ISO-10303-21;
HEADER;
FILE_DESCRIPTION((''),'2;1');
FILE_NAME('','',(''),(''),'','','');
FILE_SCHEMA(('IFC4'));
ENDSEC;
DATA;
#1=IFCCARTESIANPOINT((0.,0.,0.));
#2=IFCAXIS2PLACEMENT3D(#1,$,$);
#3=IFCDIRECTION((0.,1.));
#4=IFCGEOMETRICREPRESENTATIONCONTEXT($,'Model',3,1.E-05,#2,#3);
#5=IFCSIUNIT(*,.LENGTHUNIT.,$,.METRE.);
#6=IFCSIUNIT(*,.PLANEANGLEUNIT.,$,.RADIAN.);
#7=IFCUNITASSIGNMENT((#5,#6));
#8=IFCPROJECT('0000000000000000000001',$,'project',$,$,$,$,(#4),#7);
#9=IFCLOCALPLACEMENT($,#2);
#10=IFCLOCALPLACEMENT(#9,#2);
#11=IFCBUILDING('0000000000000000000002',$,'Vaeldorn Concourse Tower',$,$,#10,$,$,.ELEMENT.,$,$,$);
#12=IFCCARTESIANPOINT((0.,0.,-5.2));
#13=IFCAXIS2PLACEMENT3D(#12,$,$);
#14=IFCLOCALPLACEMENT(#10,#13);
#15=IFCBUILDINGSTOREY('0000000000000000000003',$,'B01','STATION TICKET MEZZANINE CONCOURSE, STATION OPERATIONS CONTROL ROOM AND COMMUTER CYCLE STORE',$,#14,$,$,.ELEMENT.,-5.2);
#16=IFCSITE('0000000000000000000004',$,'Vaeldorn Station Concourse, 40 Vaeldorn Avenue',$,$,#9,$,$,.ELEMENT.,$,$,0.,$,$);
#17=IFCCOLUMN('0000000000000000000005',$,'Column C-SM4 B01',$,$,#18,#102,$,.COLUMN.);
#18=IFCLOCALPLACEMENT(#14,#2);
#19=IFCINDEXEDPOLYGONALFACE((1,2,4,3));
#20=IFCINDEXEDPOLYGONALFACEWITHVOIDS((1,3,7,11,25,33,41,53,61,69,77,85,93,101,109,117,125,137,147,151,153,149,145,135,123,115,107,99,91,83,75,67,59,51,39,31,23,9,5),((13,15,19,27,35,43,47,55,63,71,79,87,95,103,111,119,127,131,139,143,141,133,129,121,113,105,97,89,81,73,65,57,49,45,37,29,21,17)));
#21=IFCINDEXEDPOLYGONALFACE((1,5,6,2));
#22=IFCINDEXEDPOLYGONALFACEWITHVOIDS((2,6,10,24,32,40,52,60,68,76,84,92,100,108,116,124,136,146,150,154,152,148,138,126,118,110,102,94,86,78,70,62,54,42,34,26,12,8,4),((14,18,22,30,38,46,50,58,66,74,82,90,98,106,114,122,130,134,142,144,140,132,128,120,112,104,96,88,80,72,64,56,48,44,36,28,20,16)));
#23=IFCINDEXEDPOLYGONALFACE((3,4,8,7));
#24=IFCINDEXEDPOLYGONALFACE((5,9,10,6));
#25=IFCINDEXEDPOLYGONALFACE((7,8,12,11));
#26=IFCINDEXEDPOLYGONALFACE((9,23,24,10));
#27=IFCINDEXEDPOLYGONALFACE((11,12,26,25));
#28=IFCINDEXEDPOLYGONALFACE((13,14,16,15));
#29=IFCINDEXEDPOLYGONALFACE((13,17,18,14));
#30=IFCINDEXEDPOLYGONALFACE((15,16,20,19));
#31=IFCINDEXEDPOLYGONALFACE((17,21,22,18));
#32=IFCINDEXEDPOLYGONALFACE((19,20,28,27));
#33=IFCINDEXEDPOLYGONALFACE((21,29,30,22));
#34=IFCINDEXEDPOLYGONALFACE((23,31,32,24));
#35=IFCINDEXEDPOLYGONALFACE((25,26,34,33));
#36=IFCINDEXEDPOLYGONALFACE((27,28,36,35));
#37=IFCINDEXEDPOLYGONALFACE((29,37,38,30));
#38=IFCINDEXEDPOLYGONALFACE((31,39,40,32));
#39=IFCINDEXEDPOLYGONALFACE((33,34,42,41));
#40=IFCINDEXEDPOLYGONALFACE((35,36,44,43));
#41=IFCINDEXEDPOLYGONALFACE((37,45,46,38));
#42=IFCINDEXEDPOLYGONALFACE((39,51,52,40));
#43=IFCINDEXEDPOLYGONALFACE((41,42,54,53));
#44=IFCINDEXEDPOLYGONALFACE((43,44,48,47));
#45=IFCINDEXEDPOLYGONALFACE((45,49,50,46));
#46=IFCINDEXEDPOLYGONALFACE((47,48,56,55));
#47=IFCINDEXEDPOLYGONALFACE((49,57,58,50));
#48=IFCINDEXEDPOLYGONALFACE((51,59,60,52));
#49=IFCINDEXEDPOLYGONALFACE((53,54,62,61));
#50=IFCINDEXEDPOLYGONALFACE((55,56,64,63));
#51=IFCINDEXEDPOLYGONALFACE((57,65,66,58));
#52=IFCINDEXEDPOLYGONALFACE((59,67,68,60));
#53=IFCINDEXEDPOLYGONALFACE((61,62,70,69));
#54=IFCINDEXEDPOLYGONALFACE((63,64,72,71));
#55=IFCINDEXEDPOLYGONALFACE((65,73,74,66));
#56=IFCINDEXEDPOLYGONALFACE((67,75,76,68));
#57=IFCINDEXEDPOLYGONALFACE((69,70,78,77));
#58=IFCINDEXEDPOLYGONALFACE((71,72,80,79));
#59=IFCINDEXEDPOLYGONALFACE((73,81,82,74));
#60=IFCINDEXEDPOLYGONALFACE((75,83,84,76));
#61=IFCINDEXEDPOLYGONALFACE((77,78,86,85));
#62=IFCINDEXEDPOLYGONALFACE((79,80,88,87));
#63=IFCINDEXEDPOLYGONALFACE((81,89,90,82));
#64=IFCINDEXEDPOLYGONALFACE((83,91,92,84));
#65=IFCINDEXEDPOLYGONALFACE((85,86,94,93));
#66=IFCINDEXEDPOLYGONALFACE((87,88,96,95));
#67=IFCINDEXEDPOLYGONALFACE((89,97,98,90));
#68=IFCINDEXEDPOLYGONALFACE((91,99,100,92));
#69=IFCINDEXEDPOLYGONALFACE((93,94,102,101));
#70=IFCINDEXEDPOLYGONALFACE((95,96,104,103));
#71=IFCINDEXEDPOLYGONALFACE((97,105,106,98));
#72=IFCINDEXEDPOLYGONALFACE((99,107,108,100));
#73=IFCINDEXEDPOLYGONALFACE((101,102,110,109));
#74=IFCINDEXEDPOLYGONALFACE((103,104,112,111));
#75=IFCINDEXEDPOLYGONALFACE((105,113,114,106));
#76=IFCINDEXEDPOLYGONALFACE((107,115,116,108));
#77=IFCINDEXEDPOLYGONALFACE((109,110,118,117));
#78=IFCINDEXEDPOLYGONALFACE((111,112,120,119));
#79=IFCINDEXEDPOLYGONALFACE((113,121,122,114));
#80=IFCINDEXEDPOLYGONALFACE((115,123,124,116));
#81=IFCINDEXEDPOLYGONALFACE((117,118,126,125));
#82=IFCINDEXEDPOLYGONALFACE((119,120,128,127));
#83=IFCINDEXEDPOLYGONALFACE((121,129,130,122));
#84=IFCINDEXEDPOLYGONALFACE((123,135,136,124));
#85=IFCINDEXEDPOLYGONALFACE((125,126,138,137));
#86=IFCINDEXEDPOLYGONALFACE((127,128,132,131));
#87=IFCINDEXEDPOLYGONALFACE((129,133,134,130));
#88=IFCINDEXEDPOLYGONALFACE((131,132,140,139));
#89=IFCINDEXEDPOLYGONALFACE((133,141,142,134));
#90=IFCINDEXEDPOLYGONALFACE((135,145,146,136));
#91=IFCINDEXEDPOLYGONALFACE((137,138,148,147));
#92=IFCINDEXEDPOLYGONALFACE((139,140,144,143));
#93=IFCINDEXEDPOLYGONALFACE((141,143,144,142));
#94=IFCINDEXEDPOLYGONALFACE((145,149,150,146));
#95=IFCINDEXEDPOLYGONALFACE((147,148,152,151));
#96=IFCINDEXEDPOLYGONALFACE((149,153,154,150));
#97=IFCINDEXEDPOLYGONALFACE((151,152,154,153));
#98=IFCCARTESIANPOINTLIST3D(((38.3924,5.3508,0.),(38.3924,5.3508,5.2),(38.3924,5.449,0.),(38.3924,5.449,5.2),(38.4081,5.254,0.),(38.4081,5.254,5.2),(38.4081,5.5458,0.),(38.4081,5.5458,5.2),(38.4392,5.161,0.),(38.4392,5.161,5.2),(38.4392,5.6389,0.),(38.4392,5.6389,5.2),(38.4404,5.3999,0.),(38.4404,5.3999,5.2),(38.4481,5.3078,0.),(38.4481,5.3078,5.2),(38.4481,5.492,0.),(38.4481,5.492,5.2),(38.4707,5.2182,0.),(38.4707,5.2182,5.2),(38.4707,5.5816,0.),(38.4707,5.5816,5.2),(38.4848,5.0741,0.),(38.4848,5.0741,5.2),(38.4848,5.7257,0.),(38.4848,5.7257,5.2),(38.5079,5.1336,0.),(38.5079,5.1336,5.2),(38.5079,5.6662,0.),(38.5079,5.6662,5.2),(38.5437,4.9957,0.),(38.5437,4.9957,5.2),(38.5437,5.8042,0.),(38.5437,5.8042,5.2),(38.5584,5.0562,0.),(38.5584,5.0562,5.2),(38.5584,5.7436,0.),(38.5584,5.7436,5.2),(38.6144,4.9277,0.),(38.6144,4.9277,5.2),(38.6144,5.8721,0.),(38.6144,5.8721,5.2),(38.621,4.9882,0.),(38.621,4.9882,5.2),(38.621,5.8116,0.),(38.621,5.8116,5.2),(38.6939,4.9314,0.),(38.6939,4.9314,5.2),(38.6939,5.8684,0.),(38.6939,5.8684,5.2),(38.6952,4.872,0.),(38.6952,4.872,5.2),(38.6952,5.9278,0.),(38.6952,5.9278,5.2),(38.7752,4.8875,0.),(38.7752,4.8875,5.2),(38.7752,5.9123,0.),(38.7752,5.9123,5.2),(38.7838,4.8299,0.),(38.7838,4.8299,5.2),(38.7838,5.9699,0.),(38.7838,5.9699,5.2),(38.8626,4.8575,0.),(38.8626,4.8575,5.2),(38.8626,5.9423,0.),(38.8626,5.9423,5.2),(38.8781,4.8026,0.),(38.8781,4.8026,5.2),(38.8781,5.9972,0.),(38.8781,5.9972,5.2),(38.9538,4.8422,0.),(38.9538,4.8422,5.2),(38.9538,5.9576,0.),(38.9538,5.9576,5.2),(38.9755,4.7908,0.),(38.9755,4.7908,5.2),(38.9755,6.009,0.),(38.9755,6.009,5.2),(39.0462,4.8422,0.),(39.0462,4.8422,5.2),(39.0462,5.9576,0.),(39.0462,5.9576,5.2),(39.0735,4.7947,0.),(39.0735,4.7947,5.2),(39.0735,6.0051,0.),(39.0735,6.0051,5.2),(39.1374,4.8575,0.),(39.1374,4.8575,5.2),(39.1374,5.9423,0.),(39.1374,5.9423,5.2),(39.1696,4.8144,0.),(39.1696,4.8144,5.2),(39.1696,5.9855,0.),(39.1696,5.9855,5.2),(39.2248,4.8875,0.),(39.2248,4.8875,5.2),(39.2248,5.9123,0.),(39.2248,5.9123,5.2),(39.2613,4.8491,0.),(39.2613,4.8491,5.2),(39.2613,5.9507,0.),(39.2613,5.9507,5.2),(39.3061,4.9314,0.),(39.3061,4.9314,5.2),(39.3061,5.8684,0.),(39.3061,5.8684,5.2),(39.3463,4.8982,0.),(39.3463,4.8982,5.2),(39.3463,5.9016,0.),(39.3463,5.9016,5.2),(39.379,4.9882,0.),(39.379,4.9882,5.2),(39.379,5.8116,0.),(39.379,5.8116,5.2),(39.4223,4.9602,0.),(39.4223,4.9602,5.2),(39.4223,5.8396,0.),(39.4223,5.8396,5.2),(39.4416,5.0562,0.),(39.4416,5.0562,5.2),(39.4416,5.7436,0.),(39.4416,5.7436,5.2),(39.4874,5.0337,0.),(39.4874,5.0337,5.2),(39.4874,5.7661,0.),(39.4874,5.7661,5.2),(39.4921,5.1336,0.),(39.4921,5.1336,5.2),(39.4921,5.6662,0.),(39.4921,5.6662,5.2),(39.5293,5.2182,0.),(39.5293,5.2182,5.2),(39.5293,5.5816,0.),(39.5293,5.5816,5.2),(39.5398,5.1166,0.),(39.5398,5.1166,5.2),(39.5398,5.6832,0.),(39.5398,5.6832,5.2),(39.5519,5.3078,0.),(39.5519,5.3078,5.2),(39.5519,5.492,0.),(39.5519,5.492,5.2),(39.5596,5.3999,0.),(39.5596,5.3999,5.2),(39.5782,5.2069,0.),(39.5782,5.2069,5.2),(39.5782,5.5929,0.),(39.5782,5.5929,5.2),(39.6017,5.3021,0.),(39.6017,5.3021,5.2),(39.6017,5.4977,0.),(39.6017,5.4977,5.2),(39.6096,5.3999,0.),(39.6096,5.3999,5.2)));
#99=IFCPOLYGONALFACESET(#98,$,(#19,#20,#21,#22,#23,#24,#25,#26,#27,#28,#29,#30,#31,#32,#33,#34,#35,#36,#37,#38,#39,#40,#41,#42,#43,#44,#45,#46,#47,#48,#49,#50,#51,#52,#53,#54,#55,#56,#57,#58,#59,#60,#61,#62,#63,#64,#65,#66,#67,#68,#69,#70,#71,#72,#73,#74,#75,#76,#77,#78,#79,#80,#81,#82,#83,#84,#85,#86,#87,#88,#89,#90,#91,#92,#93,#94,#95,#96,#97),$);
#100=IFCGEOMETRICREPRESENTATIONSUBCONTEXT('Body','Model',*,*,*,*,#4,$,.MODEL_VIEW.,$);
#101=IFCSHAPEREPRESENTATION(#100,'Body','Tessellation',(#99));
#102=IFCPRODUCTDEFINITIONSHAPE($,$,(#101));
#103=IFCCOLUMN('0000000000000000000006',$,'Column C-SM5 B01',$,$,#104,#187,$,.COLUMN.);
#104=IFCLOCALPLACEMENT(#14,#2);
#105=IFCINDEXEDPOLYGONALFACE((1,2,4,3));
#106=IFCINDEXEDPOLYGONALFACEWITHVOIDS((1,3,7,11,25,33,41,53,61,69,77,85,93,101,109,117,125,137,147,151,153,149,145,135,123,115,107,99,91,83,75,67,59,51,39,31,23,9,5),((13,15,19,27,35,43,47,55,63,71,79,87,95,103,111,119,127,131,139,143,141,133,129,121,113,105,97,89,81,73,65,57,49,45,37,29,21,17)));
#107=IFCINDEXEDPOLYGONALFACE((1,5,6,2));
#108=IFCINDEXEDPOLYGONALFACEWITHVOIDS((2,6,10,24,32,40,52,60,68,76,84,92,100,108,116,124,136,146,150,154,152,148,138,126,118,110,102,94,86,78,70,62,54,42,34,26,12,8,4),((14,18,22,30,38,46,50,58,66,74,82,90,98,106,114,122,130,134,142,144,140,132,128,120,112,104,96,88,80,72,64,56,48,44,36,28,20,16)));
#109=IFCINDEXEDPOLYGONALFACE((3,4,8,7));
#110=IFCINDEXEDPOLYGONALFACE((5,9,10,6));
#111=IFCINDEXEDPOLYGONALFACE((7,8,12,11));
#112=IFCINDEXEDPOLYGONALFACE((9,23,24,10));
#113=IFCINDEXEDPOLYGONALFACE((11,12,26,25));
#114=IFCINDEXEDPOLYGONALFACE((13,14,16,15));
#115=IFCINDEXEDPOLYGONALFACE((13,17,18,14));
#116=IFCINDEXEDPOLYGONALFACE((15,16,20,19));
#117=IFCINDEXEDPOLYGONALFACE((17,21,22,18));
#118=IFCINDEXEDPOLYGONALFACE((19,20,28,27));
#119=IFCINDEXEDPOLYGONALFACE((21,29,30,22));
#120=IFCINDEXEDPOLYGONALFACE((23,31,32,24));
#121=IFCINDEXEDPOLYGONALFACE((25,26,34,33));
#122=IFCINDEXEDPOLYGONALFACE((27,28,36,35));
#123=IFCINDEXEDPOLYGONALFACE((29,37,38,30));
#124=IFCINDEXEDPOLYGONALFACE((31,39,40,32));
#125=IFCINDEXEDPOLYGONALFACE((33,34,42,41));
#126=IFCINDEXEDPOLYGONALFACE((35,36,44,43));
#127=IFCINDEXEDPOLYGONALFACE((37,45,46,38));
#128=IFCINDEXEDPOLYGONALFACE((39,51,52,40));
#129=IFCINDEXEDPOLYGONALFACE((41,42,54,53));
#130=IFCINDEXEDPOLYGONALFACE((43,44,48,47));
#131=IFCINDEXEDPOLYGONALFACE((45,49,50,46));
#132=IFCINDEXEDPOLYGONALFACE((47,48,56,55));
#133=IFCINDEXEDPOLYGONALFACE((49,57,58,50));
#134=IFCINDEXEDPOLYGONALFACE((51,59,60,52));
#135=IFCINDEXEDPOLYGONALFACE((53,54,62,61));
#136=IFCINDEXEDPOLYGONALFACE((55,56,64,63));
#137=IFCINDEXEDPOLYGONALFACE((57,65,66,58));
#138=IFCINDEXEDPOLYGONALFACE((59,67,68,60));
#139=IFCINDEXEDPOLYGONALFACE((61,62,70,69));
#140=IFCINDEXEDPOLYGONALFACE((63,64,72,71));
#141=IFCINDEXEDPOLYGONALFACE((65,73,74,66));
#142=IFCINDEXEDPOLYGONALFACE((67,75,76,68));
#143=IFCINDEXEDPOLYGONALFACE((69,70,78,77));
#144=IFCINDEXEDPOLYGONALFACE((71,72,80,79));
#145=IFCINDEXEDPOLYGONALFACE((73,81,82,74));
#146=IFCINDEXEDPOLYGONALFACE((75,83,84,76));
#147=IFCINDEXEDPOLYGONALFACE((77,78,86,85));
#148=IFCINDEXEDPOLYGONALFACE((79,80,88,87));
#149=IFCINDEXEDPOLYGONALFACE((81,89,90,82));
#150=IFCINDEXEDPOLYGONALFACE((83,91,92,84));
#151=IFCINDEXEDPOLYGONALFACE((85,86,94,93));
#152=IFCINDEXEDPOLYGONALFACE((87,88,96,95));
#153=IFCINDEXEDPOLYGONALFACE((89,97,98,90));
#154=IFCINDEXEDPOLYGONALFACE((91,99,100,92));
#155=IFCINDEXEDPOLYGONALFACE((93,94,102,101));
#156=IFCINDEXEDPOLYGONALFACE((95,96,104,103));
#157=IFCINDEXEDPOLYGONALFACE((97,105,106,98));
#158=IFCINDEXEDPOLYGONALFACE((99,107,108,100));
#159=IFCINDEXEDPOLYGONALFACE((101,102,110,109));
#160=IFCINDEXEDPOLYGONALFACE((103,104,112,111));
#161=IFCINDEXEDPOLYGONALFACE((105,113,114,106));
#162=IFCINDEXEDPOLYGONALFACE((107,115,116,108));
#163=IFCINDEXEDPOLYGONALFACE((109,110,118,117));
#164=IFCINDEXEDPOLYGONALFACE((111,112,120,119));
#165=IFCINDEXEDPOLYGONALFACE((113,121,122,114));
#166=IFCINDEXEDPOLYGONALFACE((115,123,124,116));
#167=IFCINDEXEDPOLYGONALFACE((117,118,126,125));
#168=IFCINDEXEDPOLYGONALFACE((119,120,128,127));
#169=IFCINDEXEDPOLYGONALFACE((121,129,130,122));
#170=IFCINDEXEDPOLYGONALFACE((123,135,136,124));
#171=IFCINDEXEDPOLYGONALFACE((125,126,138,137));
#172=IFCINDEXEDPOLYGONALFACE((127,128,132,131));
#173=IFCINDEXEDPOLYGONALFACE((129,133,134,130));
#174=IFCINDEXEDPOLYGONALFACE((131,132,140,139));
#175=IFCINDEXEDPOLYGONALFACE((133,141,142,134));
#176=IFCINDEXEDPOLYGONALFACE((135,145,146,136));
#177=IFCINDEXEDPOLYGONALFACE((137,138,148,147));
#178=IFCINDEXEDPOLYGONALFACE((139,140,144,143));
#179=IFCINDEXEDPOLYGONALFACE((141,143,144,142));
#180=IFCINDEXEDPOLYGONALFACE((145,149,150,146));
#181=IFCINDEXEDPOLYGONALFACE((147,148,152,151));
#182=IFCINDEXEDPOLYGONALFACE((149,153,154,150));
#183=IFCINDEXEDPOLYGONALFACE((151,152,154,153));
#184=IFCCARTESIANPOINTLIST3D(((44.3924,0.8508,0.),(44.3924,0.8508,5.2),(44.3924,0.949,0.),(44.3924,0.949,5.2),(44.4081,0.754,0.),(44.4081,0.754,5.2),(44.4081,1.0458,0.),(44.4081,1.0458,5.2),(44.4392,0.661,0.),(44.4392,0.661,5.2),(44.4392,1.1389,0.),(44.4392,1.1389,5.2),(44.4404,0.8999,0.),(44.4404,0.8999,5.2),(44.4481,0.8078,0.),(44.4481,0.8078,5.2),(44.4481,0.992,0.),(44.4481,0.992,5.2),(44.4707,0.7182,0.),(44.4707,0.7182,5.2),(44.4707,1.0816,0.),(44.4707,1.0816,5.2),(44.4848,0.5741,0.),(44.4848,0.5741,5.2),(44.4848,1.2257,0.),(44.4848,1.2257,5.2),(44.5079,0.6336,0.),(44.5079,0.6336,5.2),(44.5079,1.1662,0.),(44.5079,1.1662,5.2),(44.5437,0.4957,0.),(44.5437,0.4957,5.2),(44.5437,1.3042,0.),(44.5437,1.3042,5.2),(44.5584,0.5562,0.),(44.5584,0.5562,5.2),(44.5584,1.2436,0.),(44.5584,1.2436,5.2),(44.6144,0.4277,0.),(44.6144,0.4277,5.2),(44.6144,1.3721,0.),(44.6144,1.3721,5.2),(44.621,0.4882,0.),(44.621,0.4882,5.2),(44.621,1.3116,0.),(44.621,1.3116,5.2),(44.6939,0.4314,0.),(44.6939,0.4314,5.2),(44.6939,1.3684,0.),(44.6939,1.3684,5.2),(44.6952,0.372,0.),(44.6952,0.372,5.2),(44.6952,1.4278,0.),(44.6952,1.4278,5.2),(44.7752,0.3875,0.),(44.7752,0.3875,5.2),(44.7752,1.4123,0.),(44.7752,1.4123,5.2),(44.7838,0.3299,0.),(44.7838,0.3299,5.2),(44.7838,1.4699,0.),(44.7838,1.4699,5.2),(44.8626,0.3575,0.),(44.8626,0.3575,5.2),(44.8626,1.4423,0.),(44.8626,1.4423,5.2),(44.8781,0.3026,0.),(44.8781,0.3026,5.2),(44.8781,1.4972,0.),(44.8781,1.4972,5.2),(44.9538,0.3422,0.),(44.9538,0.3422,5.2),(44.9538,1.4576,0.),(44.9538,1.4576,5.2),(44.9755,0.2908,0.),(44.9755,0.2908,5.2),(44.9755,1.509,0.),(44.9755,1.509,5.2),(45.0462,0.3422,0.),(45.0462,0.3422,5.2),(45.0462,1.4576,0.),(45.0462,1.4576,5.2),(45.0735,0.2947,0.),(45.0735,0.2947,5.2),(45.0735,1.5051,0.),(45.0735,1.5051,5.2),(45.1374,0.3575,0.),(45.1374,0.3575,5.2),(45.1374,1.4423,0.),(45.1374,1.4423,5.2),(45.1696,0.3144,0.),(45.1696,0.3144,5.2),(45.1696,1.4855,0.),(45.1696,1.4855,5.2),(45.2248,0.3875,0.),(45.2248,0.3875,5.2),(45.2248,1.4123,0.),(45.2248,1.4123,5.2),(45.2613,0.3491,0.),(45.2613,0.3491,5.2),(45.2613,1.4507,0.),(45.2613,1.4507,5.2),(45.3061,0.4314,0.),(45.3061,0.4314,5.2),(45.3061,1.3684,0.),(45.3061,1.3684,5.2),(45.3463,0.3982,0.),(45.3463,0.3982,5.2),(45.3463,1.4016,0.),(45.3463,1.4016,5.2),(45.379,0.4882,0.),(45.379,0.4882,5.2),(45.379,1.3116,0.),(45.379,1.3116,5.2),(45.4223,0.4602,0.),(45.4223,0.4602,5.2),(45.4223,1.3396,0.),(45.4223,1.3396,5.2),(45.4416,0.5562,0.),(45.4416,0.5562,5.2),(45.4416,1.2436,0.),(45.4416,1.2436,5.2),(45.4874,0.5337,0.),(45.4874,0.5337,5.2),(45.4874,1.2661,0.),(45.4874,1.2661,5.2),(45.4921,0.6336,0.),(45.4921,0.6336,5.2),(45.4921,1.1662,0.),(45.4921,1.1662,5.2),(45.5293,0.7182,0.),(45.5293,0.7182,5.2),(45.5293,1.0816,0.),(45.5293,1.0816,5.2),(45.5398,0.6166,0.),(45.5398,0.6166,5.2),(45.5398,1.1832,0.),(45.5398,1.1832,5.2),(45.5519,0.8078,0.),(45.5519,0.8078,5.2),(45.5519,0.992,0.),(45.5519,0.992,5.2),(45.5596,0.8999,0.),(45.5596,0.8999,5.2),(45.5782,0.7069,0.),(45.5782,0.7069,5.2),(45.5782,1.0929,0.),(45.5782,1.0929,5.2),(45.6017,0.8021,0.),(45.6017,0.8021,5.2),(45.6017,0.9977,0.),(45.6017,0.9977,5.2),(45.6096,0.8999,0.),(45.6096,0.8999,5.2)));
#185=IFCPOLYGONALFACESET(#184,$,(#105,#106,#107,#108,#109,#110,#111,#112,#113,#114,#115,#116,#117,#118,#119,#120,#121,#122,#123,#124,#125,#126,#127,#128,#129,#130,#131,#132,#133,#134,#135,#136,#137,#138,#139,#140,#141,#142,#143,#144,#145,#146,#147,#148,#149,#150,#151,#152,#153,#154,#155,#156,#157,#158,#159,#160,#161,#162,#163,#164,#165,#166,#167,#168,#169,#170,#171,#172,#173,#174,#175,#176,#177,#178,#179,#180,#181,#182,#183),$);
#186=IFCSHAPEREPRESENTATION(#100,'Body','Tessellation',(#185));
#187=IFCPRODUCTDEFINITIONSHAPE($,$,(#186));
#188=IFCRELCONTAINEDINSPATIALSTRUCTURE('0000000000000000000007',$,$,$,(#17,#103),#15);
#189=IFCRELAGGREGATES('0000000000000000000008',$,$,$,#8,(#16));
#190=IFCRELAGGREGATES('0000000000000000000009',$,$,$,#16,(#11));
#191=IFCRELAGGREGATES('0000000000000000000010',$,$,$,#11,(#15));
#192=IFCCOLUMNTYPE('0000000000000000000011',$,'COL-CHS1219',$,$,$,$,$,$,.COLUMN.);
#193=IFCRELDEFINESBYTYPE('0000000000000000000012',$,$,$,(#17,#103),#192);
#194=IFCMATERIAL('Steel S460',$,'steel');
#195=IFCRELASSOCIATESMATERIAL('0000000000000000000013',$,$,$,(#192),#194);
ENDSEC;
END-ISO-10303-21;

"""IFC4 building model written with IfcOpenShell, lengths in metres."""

from ifc_helpers import new_model, si_unit, direction, frame, origin, origin_2d, place, context, subcontext, project, spatial, hollow_circle, extrude, source, transform, mapped, material, material_profile, profile_set, type_object, element, save


model = new_model("IFC4")

# Units and contexts
model_context = context("Model", 3, precision=1e-05, world=origin(), true_north=direction((0.0, 1.0)))
body_context = subcontext(model_context, "Body", "Model", "MODEL_VIEW")
ifc_project = project(units=[si_unit("LENGTHUNIT", "METRE"), si_unit("PLANEANGLEUNIT", "RADIAN")], contexts=[model_context])

# Site, building, storey
site_placement = place(None, origin())
site = spatial("IfcSite", under=ifc_project, at=site_placement, Name="Vaeldorn Station Concourse, 40 Vaeldorn Avenue", CompositionType="ELEMENT", RefElevation=0.0)
building_placement = place(site_placement, origin())
building = spatial("IfcBuilding", under=site, at=building_placement, Name="Vaeldorn Concourse Tower", CompositionType="ELEMENT")
storey_placement = place(building_placement, frame((0.0, 0.0, -5.2)))
storey = spatial("IfcBuildingStorey", under=building, at=storey_placement, Name="B01", Description="STATION TICKET MEZZANINE CONCOURSE, STATION OPERATIONS CONTROL ROOM AND COMMUTER CYCLE STORE", CompositionType="ELEMENT", Elevation=-5.2)

# Columns
ifc_material_1 = material(Name="Steel S460", Category="steel")
ifc_material_profile_1 = material_profile(ifc_material_1, hollow_circle(Radius=0.6096, WallThickness=0.05, at=origin_2d()), Name="CHS 1219x50")
ifc_profile_set_1 = profile_set([ifc_material_profile_1], Name="Steel S460")
column_type_1 = type_object("IfcColumnType", Name="COL-CHS1219", PredefinedType="COLUMN", material=ifc_profile_set_1)
shared_shape_1 = source(origin(), body_context, "Body", "SweptSolid", [
    extrude(hollow_circle(Radius=0.6096, WallThickness=0.05, at=origin_2d()), origin(), (0.0, 0.0, 1.0), 5.2),
])
for number, where, z_axis, x_axis, name in (
    (1, (39.0, 5.3999, 0.0), (0.0, 0.0, 1.0), (1.0, 0.0, 0.0), "Column C-SM4 B01"),
    (2, (45.0, 0.8999, 0.0), (0.0, 0.0, 1.0), (1.0, 0.0, 0.0), "Column C-SM5 B01"),
):
    element("IfcColumn", number, at=place(storey_placement, frame(where, z_axis=z_axis, x_axis=x_axis)), inside=storey, type_object=column_type_1, Name=name, PredefinedType="COLUMN", context=body_context, shape_type="MappedRepresentation", body=[
        mapped(shared_shape_1, transform((0.0, 0.0, 0.0), scale=1.0)),
    ])

save(model, "model.ifc")
